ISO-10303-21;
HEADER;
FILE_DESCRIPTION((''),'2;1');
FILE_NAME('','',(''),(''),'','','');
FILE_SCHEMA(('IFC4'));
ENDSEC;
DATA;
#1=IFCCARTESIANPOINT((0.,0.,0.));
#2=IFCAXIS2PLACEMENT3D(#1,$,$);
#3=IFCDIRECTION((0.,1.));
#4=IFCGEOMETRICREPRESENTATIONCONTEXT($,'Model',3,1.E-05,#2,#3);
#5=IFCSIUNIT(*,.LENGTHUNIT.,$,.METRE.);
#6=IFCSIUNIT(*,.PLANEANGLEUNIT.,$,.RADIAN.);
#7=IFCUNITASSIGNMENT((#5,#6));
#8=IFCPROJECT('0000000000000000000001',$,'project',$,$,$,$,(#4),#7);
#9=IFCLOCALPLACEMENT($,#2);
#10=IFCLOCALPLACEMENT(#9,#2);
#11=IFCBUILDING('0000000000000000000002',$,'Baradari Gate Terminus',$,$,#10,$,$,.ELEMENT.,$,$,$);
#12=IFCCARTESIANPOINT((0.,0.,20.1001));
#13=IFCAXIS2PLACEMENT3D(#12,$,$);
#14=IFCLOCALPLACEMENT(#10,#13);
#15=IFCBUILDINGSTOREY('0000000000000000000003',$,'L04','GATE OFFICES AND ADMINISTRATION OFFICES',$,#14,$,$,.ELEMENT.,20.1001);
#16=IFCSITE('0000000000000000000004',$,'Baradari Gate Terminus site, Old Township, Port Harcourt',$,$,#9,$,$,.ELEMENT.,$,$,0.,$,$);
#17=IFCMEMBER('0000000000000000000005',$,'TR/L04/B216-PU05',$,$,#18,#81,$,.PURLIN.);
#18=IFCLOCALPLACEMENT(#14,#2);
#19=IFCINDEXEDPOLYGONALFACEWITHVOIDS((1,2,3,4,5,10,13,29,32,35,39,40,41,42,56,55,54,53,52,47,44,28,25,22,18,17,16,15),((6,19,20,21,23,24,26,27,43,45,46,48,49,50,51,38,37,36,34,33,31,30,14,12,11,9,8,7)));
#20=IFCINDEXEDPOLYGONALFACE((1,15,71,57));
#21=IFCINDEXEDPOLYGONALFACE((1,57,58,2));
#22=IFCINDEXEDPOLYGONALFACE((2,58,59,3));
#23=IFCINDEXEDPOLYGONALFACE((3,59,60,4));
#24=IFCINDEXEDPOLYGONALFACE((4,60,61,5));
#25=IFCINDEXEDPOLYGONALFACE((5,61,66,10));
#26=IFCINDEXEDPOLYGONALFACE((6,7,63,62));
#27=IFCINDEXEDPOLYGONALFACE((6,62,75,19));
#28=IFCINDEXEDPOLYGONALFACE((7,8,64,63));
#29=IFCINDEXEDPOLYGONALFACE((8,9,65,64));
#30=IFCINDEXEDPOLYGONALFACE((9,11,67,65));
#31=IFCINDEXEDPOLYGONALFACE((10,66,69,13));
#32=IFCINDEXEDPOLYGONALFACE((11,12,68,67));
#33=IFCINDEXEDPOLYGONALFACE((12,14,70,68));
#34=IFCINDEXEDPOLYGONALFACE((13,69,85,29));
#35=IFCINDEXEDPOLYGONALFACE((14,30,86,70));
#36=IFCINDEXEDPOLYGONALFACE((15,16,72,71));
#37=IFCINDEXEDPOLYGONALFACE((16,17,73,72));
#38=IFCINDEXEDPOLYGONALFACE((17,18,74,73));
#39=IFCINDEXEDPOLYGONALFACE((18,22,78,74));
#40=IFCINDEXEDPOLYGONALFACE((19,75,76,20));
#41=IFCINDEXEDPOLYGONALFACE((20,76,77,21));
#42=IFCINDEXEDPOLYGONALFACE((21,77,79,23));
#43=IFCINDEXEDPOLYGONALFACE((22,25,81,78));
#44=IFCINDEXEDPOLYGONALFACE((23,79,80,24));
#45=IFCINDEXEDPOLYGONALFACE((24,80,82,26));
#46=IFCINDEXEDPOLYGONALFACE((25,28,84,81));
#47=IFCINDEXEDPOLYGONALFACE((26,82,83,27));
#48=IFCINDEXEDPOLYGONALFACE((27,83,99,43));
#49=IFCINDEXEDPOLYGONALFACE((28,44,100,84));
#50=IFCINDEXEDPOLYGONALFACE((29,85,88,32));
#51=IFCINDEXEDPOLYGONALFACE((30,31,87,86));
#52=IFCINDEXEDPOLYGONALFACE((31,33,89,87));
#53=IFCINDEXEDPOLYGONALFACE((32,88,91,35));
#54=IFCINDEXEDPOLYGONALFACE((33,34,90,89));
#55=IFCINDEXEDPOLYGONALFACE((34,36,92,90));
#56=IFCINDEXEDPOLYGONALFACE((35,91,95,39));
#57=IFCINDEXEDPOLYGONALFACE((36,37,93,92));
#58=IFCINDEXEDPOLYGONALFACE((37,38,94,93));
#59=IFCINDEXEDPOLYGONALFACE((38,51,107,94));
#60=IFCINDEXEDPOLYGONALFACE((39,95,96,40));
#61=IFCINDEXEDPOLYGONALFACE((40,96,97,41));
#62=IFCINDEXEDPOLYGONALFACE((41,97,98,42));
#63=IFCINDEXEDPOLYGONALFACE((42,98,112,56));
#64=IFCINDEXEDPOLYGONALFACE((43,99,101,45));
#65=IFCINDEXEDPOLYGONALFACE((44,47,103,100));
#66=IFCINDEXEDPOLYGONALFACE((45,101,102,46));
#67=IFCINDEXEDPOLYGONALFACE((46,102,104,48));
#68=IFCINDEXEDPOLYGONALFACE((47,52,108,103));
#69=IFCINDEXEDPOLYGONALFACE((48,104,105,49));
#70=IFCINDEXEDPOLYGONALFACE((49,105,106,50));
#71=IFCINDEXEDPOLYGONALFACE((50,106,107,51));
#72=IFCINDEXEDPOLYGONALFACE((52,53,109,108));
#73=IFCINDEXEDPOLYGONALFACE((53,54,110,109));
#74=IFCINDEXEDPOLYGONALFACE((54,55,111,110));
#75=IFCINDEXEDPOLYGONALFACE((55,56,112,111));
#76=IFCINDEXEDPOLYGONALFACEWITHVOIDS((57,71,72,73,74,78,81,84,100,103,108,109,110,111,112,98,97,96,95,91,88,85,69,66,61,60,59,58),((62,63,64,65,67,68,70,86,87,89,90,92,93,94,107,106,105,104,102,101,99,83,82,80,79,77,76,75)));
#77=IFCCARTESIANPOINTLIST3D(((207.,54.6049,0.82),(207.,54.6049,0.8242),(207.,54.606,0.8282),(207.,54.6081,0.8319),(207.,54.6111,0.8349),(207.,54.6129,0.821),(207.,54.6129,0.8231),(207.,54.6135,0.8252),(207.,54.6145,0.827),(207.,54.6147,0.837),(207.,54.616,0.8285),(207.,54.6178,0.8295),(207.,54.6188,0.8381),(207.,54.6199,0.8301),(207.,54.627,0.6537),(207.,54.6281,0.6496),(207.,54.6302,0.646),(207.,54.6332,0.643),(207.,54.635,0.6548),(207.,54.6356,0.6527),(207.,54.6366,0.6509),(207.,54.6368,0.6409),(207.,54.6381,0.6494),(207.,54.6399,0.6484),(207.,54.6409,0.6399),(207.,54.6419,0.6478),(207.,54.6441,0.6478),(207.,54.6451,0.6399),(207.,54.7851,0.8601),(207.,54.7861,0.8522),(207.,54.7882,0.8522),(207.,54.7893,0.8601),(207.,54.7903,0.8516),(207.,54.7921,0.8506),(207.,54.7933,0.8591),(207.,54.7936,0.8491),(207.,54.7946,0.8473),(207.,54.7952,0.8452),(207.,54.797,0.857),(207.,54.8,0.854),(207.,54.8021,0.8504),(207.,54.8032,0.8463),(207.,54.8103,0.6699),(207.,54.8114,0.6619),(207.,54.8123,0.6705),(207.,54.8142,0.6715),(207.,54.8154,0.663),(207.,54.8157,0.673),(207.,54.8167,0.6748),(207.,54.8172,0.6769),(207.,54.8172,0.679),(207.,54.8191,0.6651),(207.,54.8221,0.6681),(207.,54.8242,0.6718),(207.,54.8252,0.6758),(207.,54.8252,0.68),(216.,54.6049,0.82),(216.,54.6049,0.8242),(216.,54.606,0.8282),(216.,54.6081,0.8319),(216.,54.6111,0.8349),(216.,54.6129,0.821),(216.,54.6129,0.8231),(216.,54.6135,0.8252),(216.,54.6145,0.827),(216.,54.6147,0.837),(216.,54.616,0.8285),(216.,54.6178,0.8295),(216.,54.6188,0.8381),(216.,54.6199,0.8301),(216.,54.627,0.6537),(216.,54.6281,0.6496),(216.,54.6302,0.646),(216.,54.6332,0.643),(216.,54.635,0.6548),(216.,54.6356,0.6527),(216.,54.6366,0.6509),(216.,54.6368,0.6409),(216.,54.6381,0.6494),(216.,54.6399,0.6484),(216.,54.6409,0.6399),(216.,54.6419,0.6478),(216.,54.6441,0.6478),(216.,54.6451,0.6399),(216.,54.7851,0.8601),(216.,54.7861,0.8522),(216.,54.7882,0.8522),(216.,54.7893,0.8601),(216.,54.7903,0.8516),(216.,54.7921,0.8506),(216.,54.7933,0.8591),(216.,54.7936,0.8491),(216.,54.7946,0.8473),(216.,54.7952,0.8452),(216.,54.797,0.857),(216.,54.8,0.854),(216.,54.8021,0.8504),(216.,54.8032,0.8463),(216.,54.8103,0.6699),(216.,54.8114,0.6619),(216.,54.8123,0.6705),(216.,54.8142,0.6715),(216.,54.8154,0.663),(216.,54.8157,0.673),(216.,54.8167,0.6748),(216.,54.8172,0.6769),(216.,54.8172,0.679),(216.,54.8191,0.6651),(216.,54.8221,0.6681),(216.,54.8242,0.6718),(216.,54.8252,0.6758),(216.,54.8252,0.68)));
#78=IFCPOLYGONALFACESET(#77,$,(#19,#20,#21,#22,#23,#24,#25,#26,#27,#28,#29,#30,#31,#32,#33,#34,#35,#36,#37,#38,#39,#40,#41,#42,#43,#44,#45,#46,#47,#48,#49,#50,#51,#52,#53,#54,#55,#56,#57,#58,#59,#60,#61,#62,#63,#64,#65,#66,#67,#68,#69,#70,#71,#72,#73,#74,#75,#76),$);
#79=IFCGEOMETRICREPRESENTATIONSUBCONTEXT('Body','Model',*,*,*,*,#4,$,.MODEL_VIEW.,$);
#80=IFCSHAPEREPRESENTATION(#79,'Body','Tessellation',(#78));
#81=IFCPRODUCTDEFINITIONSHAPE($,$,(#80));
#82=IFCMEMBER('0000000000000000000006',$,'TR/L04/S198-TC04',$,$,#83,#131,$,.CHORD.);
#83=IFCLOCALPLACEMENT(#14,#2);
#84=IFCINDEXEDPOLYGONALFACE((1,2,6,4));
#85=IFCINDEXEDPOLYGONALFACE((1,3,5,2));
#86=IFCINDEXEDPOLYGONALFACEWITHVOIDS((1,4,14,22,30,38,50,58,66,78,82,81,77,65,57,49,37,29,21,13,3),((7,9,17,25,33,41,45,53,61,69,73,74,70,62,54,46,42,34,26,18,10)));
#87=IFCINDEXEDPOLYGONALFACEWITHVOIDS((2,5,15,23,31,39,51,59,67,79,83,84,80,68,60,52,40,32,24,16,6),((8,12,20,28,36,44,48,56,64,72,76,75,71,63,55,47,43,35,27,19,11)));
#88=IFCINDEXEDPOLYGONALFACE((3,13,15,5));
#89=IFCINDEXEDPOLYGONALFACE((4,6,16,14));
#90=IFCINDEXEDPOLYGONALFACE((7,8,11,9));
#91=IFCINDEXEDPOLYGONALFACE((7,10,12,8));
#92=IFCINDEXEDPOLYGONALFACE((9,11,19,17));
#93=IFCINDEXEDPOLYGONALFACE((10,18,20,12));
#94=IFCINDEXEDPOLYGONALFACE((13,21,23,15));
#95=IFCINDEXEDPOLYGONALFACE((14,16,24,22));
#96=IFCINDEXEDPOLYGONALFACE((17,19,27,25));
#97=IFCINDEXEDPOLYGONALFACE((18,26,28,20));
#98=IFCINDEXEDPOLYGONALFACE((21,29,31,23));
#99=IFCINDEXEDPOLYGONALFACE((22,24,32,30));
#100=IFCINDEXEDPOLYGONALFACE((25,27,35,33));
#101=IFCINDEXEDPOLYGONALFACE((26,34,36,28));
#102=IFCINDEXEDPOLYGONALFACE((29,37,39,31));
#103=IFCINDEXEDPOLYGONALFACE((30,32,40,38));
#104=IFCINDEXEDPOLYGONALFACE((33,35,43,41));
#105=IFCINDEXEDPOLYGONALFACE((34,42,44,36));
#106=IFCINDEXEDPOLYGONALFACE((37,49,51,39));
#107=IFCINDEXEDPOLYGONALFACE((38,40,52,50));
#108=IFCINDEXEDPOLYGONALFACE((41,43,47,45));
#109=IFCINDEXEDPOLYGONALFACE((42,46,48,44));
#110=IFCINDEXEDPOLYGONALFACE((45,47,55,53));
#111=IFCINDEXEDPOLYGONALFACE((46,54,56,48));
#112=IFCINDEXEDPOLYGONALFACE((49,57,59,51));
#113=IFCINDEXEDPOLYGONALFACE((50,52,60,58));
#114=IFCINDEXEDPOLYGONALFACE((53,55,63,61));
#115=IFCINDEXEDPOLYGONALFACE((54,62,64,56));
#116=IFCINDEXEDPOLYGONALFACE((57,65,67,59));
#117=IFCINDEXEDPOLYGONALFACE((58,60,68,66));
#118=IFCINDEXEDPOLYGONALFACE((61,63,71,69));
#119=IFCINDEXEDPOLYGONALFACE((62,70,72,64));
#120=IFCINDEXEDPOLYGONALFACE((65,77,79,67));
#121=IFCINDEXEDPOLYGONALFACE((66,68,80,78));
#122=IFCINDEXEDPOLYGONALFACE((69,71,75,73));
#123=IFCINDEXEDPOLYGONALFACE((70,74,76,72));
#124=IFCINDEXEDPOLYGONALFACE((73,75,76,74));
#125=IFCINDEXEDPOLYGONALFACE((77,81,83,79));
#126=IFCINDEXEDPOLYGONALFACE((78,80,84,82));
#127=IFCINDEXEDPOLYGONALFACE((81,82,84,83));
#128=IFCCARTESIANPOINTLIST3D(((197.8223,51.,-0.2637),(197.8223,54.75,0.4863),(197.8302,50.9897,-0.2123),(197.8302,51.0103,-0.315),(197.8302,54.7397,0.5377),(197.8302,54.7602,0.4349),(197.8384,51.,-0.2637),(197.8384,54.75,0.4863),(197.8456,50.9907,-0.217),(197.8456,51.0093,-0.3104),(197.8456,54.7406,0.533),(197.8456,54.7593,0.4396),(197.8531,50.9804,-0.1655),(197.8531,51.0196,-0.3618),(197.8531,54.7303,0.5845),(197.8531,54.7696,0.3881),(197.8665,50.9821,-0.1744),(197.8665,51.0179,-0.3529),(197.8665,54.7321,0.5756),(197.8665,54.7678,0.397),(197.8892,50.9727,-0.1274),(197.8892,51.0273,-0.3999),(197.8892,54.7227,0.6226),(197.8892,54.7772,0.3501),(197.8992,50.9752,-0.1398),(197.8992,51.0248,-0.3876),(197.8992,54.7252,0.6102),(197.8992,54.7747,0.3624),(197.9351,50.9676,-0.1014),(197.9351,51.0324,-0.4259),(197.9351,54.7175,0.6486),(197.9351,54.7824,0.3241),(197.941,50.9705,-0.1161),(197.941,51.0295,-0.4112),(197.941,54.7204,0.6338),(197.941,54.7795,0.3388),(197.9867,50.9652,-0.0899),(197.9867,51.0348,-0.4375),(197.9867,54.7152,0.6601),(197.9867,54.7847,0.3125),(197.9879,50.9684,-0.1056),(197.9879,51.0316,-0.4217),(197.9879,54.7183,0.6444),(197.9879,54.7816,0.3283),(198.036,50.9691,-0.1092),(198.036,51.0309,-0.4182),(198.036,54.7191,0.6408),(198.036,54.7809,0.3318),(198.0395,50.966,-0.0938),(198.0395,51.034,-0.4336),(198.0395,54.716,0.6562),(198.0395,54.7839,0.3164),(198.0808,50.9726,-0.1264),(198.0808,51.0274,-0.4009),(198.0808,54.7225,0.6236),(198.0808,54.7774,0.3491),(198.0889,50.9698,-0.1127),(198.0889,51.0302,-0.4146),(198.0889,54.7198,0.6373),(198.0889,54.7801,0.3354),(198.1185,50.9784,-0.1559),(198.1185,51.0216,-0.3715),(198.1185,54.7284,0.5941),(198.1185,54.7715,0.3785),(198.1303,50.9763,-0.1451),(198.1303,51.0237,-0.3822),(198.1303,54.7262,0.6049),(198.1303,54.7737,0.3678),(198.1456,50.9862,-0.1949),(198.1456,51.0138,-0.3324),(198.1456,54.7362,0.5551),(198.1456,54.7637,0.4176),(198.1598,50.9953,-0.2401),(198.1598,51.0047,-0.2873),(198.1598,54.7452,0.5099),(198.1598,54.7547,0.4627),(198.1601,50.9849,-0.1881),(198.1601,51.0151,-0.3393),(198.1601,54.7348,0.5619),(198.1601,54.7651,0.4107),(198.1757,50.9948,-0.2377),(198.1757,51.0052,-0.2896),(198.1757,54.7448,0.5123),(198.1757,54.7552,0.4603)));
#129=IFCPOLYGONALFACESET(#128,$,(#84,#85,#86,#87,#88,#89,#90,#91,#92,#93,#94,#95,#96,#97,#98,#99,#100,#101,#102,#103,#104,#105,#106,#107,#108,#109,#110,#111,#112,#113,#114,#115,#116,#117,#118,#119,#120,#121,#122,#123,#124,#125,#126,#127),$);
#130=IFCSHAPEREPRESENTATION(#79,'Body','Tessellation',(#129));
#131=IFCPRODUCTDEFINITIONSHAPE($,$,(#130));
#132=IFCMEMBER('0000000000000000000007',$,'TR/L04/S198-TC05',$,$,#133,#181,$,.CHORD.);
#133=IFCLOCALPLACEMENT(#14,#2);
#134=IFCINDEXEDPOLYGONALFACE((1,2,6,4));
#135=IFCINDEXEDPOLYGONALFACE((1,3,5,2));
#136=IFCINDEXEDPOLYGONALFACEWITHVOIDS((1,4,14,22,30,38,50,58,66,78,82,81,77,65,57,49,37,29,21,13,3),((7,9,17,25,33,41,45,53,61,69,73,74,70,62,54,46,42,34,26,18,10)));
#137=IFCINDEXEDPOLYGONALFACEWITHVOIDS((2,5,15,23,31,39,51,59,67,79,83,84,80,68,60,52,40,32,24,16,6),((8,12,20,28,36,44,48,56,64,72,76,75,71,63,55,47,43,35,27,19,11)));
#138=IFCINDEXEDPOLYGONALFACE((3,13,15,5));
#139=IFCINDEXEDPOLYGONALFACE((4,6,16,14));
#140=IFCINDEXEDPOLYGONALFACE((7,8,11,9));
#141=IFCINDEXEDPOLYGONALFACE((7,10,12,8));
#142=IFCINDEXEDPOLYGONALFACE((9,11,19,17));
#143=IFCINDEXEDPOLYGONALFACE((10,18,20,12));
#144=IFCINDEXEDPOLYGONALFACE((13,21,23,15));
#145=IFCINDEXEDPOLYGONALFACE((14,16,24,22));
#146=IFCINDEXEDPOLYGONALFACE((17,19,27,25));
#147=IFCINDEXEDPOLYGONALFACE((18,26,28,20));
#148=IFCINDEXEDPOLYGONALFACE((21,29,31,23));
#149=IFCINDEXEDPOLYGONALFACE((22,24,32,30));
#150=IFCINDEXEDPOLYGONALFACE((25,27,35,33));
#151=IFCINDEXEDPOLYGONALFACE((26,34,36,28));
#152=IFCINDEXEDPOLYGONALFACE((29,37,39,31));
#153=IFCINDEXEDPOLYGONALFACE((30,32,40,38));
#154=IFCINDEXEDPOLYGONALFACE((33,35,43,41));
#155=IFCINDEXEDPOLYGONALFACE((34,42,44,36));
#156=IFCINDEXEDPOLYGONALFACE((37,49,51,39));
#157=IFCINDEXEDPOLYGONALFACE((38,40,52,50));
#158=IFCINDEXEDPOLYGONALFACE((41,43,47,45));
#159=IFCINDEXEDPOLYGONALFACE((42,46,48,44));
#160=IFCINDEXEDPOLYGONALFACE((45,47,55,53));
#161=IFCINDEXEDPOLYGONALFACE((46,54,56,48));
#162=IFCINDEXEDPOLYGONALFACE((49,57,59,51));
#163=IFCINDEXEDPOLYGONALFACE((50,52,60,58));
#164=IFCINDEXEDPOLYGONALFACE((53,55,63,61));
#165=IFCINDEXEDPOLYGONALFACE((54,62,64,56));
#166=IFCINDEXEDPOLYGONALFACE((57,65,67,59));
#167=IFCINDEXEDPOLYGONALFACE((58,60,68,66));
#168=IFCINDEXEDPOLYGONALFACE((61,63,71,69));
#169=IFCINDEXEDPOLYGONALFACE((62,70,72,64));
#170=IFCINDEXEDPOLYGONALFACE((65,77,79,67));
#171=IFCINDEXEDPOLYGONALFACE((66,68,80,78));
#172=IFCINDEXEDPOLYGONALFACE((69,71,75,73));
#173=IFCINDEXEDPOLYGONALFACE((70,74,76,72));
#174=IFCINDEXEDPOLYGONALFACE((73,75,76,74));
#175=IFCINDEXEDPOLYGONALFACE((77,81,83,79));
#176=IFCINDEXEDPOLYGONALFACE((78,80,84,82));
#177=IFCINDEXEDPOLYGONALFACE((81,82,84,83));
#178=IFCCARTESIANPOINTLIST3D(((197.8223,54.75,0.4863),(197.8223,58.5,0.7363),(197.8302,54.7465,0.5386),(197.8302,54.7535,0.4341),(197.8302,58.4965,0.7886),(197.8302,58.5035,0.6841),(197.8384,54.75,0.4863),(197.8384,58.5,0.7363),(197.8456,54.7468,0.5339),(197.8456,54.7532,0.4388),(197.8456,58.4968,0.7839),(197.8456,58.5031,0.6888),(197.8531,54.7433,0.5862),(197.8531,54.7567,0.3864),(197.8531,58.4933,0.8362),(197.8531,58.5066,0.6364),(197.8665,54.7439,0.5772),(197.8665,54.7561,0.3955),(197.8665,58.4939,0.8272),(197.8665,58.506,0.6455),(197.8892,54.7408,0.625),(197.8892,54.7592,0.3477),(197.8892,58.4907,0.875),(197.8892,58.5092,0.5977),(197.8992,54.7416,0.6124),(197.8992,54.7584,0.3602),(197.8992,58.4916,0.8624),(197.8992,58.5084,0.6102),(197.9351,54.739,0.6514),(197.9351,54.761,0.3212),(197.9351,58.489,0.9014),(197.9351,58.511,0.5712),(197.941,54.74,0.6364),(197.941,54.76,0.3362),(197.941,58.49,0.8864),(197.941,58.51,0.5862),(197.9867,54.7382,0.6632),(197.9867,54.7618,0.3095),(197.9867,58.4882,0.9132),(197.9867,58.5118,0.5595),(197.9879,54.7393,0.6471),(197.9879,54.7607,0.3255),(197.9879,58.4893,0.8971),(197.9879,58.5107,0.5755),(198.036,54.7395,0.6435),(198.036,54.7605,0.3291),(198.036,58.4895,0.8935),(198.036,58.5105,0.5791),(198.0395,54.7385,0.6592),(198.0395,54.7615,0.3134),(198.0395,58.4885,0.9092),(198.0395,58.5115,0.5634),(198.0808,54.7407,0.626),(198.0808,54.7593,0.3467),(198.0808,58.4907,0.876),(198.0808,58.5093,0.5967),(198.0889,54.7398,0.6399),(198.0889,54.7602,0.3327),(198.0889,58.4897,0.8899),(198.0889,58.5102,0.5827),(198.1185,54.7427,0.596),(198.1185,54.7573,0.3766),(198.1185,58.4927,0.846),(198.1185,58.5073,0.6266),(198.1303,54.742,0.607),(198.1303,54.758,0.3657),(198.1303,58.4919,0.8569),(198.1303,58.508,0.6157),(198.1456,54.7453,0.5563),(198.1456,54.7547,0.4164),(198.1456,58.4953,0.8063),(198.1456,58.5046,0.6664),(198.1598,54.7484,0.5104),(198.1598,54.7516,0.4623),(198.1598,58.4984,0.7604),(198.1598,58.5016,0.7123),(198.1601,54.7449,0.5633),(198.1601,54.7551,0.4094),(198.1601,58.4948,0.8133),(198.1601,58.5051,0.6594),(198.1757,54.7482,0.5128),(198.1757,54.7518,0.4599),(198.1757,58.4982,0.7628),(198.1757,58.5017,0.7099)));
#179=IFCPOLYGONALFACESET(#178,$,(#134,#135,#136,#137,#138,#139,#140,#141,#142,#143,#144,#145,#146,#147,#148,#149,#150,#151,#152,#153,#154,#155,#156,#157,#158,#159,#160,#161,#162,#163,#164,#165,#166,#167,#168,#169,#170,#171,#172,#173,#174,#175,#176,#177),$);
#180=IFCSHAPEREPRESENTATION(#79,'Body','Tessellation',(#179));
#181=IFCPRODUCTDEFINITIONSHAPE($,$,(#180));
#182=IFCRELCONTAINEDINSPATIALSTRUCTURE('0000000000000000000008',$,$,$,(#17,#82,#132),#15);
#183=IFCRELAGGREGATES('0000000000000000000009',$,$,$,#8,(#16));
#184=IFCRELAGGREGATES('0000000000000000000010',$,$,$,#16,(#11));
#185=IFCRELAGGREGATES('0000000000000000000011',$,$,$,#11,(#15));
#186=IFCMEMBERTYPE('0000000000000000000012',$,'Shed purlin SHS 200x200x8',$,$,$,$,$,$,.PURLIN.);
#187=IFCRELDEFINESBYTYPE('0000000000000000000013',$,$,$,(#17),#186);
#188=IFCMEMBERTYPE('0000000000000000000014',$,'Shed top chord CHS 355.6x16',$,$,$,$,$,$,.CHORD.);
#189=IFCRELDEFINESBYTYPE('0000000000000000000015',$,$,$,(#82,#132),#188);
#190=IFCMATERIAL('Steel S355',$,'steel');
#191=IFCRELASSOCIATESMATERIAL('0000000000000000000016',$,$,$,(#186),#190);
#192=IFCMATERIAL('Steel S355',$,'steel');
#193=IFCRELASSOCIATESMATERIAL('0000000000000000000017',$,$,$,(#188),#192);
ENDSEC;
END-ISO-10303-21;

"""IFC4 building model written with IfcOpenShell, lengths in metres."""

from ifc_helpers import new_model, si_unit, direction, frame, origin, origin_2d, place, context, subcontext, project, spatial, hollow_rectangle, hollow_circle, extrude, material, material_profile, profile_set, type_object, element, save


model = new_model("IFC4")

# Units and contexts
model_context = context("Model", 3, precision=1e-05, world=origin(), true_north=direction((0.0, 1.0)))
body_context = subcontext(model_context, "Body", "Model", "MODEL_VIEW")
ifc_project = project(units=[si_unit("LENGTHUNIT", "METRE"), si_unit("PLANEANGLEUNIT", "RADIAN")], contexts=[model_context])

# Site, building, storey
site_placement = place(None, origin())
site = spatial("IfcSite", under=ifc_project, at=site_placement, Name="Baradari Gate Terminus site, Old Township, Port Harcourt", CompositionType="ELEMENT", RefElevation=0.0)
building_placement = place(site_placement, origin())
building = spatial("IfcBuilding", under=site, at=building_placement, Name="Baradari Gate Terminus", CompositionType="ELEMENT")
storey_placement = place(building_placement, frame((0.0, 0.0, 20.1001)))
storey = spatial("IfcBuildingStorey", under=building, at=storey_placement, Name="L04", Description="GATE OFFICES AND ADMINISTRATION OFFICES", CompositionType="ELEMENT", Elevation=20.1001)

# Members
ifc_material_1 = material(Name="Steel S355", Category="steel")
ifc_material_profile_1 = material_profile(ifc_material_1, hollow_rectangle(XDim=0.2, YDim=0.2, WallThickness=0.0081, InnerFilletRadius=0.0081, OuterFilletRadius=0.0161, at=origin_2d()), Name="SHS 200x200x8")
ifc_profile_set_1 = profile_set([ifc_material_profile_1], Name="Steel S355")
member_type_1 = type_object("IfcMemberType", Name="Shed purlin SHS 200x200x8", PredefinedType="PURLIN", material=ifc_profile_set_1)
for number, where, z_axis, x_axis, name in (
    (1, (207.0, 54.7151, 0.75), (1.0, 0.0, 0.0), (0.0, 0.991303, 0.131599), "TR/L04/B216-PU05"),
):
    element("IfcMember", number, at=place(storey_placement, frame(where, z_axis=z_axis, x_axis=x_axis)), inside=storey, type_object=member_type_1, Name=name, PredefinedType="PURLIN", context=body_context, shape_type="SweptSolid", body=[
        extrude(hollow_rectangle(XDim=0.2, YDim=0.2, WallThickness=0.0081, InnerFilletRadius=0.0081, OuterFilletRadius=0.0161, at=origin_2d()), origin(), (0.0, 0.0, 1.0), 9.0),
    ])
ifc_material_2 = material(Name="Steel S355", Category="steel")
ifc_material_profile_2 = material_profile(ifc_material_2, hollow_circle(Radius=0.1777, WallThickness=0.0161, at=origin_2d()), Name="CHS 355.6x16")
ifc_profile_set_2 = profile_set([ifc_material_profile_2], Name="Steel S355")
member_type_2 = type_object("IfcMemberType", Name="Shed top chord CHS 355.6x16", PredefinedType="CHORD", material=ifc_profile_set_2)
member_1_placement = place(storey_placement, frame((198.0, 51.0, -0.2637), z_axis=(0.0, 0.980581, 0.196116), x_axis=(-1.0, 0.0, 0.0)))
element("IfcMember", 2, at=member_1_placement, inside=storey, type_object=member_type_2, Name="TR/L04/S198-TC04", PredefinedType="CHORD", context=body_context, shape_type="SweptSolid", body=[
    extrude(hollow_circle(Radius=0.1777, WallThickness=0.0161, at=origin_2d()), origin(), (0.0, 0.0, 1.0), 3.8242),
])
for number, where, z_axis, x_axis, name in (
    (3, (198.0, 54.75, 0.4863), (0.0, 0.997785, 0.066519), (-1.0, 0.0, 0.0), "TR/L04/S198-TC05"),
):
    element("IfcMember", number, at=place(storey_placement, frame(where, z_axis=z_axis, x_axis=x_axis)), inside=storey, type_object=member_type_2, Name=name, PredefinedType="CHORD", context=body_context, shape_type="SweptSolid", body=[
        extrude(hollow_circle(Radius=0.1777, WallThickness=0.0161, at=origin_2d()), origin(), (0.0, 0.0, 1.0), 3.7583),
    ])

save(model, "model.ifc")
